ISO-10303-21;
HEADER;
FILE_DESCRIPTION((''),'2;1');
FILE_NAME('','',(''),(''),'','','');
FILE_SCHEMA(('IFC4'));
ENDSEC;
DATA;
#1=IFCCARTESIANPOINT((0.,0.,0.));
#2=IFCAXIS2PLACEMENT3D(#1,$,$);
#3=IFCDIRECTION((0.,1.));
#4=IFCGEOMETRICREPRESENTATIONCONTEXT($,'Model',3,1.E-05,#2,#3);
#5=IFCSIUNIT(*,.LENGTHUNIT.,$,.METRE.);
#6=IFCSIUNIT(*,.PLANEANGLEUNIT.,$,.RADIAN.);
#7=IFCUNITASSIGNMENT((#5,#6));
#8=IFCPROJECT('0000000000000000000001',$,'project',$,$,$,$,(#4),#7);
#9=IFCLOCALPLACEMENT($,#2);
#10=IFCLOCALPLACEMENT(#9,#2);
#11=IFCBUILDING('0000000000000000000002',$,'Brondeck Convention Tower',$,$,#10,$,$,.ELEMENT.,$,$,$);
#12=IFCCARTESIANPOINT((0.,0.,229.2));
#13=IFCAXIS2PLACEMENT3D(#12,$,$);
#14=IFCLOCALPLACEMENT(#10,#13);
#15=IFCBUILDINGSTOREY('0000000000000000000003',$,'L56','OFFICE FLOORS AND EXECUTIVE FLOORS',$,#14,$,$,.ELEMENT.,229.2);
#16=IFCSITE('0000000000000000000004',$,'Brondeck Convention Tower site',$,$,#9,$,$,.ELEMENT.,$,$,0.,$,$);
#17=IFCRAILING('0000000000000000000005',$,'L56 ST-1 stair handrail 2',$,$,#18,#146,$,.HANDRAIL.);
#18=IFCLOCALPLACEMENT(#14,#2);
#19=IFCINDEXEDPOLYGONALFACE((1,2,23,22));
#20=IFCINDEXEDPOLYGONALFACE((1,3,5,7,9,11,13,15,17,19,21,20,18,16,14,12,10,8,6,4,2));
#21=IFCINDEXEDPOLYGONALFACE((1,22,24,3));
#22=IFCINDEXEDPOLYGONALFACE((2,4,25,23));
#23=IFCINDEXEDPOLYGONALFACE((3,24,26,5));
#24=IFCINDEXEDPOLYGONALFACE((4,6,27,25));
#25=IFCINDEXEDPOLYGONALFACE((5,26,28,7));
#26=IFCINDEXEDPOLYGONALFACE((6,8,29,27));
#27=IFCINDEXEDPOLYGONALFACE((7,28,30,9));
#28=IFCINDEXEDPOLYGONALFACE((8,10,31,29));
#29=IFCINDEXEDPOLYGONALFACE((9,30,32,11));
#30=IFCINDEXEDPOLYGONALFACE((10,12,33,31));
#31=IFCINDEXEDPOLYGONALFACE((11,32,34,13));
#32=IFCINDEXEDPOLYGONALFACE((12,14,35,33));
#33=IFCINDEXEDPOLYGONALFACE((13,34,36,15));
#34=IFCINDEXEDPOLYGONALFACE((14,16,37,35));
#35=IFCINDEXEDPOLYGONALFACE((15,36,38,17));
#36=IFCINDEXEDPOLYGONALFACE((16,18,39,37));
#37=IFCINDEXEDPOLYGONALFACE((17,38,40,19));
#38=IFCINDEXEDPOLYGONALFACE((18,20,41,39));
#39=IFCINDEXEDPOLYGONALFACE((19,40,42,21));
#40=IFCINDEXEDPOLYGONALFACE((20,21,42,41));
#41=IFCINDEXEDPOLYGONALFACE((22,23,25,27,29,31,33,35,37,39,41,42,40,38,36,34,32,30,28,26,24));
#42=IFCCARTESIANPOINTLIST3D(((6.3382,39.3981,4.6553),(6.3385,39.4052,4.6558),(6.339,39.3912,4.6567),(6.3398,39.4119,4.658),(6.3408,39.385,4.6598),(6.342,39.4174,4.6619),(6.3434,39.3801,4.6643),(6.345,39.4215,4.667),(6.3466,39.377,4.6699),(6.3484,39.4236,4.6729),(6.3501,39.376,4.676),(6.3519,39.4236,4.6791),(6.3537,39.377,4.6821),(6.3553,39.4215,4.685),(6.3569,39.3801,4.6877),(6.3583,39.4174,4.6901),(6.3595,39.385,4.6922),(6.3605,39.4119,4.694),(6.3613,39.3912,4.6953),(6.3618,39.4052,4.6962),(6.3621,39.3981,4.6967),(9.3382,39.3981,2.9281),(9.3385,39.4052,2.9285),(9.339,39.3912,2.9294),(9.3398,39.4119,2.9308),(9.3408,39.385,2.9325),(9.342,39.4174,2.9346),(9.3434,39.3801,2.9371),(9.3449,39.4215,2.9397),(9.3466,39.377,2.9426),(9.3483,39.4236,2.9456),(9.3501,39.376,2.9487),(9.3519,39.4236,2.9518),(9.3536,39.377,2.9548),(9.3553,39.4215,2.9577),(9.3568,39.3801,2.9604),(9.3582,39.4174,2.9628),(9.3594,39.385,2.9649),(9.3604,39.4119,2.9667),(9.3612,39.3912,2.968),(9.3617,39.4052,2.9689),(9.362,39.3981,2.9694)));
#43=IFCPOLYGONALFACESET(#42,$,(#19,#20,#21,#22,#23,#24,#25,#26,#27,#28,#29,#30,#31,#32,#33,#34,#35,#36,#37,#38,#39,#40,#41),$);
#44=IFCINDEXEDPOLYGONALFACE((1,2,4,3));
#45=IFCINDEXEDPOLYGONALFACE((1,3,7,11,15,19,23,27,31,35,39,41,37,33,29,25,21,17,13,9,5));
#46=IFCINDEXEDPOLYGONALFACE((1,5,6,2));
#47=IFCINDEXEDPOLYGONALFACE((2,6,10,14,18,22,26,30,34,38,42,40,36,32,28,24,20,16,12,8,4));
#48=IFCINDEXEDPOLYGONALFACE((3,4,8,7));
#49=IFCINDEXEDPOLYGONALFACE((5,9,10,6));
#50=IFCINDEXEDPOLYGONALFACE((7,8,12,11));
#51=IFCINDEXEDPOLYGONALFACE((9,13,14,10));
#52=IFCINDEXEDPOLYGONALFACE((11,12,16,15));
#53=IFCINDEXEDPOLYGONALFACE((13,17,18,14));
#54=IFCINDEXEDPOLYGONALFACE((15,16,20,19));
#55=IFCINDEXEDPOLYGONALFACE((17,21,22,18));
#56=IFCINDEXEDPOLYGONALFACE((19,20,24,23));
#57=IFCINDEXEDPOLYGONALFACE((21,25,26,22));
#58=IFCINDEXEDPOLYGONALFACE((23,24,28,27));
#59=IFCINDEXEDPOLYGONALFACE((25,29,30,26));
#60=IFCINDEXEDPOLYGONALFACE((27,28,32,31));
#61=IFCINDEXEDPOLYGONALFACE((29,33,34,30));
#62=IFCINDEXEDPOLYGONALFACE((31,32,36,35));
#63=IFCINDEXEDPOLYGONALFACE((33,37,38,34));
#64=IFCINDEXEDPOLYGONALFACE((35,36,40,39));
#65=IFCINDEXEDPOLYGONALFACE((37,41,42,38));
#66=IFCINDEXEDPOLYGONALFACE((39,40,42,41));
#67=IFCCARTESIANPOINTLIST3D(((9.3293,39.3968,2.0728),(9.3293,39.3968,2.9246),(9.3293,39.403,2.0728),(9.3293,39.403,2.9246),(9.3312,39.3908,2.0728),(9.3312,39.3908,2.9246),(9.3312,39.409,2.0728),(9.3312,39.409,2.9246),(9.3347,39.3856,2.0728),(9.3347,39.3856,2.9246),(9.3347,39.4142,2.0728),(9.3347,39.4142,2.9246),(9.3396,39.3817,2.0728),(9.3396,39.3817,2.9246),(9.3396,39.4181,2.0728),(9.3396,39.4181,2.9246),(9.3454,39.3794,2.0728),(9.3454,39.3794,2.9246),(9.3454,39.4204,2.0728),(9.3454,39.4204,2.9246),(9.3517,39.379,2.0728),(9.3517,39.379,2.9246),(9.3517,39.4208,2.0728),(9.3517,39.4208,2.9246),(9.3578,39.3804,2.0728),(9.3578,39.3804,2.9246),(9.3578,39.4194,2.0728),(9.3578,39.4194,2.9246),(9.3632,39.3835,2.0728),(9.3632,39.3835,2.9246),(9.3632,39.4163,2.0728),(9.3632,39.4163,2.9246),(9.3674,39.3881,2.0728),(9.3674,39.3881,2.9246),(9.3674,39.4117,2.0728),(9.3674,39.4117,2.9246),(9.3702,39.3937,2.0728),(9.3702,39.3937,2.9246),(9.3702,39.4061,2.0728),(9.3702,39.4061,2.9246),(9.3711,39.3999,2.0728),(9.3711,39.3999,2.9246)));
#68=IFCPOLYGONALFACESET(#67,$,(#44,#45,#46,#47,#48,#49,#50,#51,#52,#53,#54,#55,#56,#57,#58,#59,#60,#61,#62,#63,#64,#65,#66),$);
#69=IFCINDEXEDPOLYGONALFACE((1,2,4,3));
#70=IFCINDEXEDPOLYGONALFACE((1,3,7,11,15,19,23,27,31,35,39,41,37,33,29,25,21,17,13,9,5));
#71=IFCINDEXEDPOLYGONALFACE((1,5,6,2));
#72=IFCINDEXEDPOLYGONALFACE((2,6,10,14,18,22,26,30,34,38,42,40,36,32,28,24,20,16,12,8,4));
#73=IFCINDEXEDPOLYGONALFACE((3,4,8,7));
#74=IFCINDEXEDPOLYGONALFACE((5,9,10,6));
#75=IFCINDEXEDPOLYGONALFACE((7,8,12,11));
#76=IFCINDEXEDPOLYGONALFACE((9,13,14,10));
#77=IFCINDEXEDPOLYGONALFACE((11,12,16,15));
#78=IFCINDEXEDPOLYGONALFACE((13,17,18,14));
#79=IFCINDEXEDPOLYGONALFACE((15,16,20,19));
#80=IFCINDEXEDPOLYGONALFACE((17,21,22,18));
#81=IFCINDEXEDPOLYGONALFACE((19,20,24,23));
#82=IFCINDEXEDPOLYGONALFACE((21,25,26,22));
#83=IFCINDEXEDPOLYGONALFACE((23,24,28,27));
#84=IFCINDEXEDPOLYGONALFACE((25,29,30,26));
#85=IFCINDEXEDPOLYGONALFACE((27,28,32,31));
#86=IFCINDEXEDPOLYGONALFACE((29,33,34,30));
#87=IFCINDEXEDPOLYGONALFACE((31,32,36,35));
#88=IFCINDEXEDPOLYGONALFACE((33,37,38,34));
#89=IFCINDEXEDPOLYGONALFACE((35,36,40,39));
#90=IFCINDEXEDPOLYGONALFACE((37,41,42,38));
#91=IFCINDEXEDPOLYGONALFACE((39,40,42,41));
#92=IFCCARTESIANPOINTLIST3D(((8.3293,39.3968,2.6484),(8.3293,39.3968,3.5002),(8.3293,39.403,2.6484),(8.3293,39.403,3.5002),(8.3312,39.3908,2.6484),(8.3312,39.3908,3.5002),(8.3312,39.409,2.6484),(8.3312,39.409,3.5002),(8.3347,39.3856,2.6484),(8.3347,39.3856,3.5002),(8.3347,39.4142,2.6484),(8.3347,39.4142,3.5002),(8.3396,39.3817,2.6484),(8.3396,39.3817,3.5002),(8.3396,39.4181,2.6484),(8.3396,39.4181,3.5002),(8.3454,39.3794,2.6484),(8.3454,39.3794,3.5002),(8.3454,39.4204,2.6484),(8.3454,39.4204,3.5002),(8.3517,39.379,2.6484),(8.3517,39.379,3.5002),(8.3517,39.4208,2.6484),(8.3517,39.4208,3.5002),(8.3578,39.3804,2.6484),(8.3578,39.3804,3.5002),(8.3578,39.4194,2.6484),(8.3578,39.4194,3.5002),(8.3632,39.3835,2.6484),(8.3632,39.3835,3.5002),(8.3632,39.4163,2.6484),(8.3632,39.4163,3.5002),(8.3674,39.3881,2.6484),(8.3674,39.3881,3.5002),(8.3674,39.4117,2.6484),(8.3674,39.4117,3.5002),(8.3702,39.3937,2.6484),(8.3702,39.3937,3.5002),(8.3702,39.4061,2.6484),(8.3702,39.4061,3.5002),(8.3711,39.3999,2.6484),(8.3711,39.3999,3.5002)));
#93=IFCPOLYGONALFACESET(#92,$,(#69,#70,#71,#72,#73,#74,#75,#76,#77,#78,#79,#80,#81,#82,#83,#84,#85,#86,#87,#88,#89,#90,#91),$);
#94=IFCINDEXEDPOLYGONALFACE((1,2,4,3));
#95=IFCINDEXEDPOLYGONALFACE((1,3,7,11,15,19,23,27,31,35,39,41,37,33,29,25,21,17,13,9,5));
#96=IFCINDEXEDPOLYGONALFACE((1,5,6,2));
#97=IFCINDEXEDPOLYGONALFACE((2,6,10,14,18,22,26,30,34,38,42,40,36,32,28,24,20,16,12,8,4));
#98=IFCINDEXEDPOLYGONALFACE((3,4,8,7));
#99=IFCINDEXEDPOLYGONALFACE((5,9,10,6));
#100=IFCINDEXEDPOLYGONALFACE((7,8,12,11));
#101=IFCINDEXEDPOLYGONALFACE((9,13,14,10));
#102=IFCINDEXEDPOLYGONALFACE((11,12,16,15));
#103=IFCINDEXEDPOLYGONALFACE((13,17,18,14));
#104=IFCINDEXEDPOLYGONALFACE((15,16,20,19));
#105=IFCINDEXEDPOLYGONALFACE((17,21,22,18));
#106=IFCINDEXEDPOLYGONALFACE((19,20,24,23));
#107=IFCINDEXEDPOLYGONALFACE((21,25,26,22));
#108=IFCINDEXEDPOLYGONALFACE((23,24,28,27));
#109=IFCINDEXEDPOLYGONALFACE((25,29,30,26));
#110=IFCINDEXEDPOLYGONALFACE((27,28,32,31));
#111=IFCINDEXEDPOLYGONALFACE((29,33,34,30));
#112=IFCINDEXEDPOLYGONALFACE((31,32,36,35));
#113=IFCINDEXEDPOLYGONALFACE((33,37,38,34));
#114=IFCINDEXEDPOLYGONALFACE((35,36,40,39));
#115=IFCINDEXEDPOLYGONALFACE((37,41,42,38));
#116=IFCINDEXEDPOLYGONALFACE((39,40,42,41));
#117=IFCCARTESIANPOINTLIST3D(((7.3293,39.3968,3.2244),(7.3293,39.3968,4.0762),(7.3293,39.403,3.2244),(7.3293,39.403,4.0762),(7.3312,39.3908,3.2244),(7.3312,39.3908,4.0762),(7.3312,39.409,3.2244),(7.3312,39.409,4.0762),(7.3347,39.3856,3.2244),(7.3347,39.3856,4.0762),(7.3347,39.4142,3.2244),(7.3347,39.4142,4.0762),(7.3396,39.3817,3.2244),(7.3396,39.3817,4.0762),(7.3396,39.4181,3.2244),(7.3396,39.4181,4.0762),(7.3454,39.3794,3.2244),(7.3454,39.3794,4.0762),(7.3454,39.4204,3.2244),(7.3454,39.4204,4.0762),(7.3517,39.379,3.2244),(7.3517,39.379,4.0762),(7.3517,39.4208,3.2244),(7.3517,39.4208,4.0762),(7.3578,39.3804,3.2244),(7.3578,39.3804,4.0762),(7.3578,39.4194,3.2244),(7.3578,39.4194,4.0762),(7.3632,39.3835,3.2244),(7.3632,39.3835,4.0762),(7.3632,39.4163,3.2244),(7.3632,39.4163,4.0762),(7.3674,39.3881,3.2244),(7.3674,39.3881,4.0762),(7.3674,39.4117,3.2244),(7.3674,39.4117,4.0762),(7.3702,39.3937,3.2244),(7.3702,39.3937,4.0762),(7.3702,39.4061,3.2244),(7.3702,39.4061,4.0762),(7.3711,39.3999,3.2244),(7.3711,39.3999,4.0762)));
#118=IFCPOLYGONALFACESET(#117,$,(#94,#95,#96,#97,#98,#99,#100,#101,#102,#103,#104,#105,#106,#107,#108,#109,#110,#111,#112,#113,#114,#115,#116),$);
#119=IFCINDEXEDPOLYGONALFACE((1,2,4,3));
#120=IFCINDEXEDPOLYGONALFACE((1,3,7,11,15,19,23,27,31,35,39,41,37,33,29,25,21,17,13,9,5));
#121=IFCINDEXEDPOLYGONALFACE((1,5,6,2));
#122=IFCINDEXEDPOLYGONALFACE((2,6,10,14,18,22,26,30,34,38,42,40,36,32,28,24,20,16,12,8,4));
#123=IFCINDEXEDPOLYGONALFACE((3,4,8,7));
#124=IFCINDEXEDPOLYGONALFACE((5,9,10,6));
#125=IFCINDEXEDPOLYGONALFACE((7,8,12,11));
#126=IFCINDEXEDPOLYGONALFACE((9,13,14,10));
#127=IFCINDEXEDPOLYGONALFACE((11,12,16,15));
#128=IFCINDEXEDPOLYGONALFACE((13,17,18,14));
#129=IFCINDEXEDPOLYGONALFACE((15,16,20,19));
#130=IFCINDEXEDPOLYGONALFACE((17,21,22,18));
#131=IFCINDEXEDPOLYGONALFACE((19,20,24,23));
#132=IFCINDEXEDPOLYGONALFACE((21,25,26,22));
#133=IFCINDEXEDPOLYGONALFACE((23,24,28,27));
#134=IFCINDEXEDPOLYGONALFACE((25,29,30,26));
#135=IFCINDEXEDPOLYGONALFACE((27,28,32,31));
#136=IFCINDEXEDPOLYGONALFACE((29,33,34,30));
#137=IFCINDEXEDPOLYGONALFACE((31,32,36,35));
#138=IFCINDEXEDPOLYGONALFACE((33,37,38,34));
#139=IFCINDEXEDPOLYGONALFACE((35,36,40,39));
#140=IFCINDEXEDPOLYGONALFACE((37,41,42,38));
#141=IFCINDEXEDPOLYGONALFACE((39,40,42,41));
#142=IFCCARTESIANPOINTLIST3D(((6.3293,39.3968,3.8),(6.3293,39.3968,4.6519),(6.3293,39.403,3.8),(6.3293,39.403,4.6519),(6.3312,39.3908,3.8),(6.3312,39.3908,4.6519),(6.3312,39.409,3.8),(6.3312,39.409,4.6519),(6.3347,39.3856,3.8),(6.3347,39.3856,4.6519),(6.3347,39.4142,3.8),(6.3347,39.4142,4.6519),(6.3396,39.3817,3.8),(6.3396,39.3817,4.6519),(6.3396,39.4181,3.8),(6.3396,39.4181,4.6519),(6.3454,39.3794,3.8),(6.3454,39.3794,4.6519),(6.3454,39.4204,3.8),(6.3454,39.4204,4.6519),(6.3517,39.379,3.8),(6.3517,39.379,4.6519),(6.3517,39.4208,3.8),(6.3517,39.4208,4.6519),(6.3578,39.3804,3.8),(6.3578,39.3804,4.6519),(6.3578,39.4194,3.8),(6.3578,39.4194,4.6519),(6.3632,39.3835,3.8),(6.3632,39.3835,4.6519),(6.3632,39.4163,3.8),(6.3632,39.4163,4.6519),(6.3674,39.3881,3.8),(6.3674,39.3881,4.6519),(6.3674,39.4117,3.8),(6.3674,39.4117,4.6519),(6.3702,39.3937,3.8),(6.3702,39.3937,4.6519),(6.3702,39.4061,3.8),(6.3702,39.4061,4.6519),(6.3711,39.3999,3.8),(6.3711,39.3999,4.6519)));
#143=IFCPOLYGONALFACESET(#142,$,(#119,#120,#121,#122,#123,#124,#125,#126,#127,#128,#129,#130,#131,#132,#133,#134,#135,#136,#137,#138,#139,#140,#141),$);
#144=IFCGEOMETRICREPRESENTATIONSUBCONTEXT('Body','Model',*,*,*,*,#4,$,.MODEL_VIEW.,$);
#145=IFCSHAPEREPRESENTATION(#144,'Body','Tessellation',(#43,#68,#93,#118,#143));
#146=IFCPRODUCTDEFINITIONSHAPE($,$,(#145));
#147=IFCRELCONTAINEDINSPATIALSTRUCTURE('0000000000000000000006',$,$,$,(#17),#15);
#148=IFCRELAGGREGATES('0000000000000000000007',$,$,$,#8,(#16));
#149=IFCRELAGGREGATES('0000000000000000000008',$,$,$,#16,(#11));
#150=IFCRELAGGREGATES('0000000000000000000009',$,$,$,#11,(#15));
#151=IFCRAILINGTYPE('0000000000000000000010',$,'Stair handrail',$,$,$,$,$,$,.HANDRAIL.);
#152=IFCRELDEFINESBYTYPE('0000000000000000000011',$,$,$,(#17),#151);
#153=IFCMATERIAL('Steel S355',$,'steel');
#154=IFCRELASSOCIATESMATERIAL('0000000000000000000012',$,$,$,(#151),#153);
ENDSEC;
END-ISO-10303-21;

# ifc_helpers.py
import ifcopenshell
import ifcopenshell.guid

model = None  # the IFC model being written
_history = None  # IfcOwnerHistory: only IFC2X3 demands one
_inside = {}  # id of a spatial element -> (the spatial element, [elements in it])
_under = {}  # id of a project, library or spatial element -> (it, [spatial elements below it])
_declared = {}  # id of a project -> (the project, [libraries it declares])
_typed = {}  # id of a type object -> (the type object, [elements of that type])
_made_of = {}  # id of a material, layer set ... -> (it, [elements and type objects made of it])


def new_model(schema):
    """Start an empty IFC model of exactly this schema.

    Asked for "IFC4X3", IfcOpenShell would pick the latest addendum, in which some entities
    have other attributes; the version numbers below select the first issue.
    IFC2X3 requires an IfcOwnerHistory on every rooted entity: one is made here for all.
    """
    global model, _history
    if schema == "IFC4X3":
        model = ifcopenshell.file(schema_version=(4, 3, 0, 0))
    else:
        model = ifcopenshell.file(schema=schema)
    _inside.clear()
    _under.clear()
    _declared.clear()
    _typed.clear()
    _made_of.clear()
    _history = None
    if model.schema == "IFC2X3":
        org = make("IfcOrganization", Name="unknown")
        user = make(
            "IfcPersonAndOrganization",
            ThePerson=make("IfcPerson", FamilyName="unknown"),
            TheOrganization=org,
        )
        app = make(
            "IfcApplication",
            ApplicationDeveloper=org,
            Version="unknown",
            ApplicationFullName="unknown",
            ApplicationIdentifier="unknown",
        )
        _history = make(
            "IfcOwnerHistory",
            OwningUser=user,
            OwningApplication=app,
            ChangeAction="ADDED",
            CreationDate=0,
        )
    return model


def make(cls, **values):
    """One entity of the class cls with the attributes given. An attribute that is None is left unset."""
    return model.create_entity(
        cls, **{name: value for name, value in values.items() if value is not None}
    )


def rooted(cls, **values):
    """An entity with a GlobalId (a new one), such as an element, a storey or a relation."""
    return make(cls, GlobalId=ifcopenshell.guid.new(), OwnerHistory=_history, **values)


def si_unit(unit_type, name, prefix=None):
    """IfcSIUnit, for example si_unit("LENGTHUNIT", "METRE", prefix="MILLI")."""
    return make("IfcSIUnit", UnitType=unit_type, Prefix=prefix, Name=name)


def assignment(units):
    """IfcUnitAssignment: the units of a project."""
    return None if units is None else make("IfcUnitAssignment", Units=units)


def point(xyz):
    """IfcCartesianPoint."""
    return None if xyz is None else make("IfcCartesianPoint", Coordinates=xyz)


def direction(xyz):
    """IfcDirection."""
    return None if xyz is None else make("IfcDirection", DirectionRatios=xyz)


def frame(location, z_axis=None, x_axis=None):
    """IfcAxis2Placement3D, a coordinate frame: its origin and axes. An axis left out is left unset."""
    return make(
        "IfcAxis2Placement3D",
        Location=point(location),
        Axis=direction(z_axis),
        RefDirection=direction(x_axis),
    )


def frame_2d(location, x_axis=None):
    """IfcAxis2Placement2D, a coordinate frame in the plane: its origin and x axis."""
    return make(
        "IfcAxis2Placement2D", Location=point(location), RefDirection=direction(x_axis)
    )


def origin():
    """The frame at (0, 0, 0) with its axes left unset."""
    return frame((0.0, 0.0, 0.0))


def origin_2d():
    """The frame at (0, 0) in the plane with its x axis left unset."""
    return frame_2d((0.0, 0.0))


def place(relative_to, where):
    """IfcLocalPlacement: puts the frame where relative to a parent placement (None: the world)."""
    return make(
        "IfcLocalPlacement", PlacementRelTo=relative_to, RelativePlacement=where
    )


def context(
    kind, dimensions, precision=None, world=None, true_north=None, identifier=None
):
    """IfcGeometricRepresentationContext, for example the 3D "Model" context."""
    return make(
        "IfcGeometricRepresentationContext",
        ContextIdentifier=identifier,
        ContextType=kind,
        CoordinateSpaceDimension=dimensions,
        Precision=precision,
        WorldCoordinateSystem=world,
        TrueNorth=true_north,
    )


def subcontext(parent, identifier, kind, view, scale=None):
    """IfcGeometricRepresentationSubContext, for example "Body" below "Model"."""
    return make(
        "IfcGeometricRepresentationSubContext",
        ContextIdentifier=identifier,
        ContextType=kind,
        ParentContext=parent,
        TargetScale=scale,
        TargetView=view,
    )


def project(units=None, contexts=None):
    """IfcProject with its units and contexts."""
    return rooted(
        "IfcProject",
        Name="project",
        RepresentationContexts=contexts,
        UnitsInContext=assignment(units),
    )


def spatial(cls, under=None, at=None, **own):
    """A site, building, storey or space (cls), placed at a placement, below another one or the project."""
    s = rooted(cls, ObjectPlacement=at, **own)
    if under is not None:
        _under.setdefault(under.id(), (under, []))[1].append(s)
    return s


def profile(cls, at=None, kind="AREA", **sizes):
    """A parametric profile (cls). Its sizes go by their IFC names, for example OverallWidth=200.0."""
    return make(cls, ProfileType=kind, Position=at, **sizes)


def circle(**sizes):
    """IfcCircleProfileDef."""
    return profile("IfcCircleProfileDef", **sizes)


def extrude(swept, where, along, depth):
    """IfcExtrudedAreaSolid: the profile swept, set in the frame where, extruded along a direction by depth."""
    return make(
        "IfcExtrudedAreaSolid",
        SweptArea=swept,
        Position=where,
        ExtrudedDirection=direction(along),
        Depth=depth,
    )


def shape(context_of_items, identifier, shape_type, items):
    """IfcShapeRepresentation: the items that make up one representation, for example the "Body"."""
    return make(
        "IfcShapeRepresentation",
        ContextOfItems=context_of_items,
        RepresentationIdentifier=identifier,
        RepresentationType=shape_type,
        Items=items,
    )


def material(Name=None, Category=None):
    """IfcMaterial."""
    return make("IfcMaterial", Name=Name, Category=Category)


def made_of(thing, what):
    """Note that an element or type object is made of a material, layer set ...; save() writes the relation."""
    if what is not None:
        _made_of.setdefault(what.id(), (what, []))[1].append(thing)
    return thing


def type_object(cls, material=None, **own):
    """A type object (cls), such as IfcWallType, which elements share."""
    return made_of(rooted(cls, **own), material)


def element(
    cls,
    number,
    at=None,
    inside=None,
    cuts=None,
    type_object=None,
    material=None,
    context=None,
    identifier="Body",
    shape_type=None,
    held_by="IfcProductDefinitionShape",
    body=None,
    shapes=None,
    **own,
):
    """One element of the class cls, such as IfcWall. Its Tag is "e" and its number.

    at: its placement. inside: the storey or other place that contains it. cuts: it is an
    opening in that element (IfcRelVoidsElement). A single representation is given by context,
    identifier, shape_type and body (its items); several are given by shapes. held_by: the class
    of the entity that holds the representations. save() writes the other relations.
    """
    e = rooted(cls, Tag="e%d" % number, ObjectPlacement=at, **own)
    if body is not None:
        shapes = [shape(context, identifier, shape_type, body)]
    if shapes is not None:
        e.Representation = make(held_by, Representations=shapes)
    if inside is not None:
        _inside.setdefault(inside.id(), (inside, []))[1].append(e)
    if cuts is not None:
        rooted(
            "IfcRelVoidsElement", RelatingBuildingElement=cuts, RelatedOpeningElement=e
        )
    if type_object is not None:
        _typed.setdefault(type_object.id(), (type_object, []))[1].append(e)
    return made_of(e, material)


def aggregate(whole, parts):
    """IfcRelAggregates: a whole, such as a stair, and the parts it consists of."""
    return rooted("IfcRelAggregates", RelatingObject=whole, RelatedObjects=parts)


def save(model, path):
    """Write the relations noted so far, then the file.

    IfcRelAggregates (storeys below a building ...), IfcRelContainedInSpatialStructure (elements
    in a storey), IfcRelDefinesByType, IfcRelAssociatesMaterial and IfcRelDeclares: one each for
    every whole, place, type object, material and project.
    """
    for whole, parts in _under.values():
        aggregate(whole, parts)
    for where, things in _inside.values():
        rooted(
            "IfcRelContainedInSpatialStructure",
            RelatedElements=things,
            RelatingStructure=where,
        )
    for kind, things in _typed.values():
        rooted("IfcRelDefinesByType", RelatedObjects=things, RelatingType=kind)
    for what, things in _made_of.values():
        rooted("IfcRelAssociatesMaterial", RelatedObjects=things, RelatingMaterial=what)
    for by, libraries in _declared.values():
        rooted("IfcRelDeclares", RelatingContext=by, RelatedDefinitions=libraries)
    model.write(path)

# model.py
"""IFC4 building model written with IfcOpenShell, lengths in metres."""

from ifc_helpers import new_model, si_unit, direction, frame, origin, origin_2d, place, context, subcontext, project, spatial, circle, extrude, material, type_object, element, save


model = new_model("IFC4")

# Units and contexts
model_context = context("Model", 3, precision=1e-05, world=origin(), true_north=direction((0.0, 1.0)))
body_context = subcontext(model_context, "Body", "Model", "MODEL_VIEW")
ifc_project = project(units=[si_unit("LENGTHUNIT", "METRE"), si_unit("PLANEANGLEUNIT", "RADIAN")], contexts=[model_context])

# Site, building, storey
site_placement = place(None, origin())
site = spatial("IfcSite", under=ifc_project, at=site_placement, Name="Brondeck Convention Tower site", CompositionType="ELEMENT", RefElevation=0.0)
building_placement = place(site_placement, origin())
building = spatial("IfcBuilding", under=site, at=building_placement, Name="Brondeck Convention Tower", CompositionType="ELEMENT")
storey_placement = place(building_placement, frame((0.0, 0.0, 229.2)))
storey = spatial("IfcBuildingStorey", under=building, at=storey_placement, Name="L56", Description="OFFICE FLOORS AND EXECUTIVE FLOORS", CompositionType="ELEMENT", Elevation=229.2)

# Shared definitions
ifc_material_1 = material(Name="Steel S355", Category="steel")

# Railing
railing_type_1 = type_object("IfcRailingType", Name="Stair handrail", PredefinedType="HANDRAIL", material=ifc_material_1)
railing_1_placement = place(storey_placement, frame((9.3501, 39.3999, 2.0728)))
element("IfcRailing", 1, at=railing_1_placement, inside=storey, type_object=railing_type_1, Name="L56 ST-1 stair handrail 2", PredefinedType="HANDRAIL", context=body_context, shape_type="SweptSolid", body=[
    extrude(circle(Radius=0.0239, at=origin_2d()), frame((0.0, 0.0, 0.876), z_axis=(-0.86662, 0.0, 0.498969), x_axis=(0.0, -1.0, 0.0)), (0.0, 0.0, 1.0), 3.4617),
    extrude(circle(Radius=0.021, at=origin_2d()), origin(), (0.0, 0.0, 1.0), 0.8518),
    extrude(circle(Radius=0.021, at=origin_2d()), frame((-1.0, 0.0, 0.5757)), (0.0, 0.0, 1.0), 0.8518),
    extrude(circle(Radius=0.021, at=origin_2d()), frame((-2.0, 0.0, 1.1516)), (0.0, 0.0, 1.0), 0.8518),
    extrude(circle(Radius=0.021, at=origin_2d()), frame((-3.0, 0.0, 1.7273)), (0.0, 0.0, 1.0), 0.8518),
])

save(model, "model.ifc")
